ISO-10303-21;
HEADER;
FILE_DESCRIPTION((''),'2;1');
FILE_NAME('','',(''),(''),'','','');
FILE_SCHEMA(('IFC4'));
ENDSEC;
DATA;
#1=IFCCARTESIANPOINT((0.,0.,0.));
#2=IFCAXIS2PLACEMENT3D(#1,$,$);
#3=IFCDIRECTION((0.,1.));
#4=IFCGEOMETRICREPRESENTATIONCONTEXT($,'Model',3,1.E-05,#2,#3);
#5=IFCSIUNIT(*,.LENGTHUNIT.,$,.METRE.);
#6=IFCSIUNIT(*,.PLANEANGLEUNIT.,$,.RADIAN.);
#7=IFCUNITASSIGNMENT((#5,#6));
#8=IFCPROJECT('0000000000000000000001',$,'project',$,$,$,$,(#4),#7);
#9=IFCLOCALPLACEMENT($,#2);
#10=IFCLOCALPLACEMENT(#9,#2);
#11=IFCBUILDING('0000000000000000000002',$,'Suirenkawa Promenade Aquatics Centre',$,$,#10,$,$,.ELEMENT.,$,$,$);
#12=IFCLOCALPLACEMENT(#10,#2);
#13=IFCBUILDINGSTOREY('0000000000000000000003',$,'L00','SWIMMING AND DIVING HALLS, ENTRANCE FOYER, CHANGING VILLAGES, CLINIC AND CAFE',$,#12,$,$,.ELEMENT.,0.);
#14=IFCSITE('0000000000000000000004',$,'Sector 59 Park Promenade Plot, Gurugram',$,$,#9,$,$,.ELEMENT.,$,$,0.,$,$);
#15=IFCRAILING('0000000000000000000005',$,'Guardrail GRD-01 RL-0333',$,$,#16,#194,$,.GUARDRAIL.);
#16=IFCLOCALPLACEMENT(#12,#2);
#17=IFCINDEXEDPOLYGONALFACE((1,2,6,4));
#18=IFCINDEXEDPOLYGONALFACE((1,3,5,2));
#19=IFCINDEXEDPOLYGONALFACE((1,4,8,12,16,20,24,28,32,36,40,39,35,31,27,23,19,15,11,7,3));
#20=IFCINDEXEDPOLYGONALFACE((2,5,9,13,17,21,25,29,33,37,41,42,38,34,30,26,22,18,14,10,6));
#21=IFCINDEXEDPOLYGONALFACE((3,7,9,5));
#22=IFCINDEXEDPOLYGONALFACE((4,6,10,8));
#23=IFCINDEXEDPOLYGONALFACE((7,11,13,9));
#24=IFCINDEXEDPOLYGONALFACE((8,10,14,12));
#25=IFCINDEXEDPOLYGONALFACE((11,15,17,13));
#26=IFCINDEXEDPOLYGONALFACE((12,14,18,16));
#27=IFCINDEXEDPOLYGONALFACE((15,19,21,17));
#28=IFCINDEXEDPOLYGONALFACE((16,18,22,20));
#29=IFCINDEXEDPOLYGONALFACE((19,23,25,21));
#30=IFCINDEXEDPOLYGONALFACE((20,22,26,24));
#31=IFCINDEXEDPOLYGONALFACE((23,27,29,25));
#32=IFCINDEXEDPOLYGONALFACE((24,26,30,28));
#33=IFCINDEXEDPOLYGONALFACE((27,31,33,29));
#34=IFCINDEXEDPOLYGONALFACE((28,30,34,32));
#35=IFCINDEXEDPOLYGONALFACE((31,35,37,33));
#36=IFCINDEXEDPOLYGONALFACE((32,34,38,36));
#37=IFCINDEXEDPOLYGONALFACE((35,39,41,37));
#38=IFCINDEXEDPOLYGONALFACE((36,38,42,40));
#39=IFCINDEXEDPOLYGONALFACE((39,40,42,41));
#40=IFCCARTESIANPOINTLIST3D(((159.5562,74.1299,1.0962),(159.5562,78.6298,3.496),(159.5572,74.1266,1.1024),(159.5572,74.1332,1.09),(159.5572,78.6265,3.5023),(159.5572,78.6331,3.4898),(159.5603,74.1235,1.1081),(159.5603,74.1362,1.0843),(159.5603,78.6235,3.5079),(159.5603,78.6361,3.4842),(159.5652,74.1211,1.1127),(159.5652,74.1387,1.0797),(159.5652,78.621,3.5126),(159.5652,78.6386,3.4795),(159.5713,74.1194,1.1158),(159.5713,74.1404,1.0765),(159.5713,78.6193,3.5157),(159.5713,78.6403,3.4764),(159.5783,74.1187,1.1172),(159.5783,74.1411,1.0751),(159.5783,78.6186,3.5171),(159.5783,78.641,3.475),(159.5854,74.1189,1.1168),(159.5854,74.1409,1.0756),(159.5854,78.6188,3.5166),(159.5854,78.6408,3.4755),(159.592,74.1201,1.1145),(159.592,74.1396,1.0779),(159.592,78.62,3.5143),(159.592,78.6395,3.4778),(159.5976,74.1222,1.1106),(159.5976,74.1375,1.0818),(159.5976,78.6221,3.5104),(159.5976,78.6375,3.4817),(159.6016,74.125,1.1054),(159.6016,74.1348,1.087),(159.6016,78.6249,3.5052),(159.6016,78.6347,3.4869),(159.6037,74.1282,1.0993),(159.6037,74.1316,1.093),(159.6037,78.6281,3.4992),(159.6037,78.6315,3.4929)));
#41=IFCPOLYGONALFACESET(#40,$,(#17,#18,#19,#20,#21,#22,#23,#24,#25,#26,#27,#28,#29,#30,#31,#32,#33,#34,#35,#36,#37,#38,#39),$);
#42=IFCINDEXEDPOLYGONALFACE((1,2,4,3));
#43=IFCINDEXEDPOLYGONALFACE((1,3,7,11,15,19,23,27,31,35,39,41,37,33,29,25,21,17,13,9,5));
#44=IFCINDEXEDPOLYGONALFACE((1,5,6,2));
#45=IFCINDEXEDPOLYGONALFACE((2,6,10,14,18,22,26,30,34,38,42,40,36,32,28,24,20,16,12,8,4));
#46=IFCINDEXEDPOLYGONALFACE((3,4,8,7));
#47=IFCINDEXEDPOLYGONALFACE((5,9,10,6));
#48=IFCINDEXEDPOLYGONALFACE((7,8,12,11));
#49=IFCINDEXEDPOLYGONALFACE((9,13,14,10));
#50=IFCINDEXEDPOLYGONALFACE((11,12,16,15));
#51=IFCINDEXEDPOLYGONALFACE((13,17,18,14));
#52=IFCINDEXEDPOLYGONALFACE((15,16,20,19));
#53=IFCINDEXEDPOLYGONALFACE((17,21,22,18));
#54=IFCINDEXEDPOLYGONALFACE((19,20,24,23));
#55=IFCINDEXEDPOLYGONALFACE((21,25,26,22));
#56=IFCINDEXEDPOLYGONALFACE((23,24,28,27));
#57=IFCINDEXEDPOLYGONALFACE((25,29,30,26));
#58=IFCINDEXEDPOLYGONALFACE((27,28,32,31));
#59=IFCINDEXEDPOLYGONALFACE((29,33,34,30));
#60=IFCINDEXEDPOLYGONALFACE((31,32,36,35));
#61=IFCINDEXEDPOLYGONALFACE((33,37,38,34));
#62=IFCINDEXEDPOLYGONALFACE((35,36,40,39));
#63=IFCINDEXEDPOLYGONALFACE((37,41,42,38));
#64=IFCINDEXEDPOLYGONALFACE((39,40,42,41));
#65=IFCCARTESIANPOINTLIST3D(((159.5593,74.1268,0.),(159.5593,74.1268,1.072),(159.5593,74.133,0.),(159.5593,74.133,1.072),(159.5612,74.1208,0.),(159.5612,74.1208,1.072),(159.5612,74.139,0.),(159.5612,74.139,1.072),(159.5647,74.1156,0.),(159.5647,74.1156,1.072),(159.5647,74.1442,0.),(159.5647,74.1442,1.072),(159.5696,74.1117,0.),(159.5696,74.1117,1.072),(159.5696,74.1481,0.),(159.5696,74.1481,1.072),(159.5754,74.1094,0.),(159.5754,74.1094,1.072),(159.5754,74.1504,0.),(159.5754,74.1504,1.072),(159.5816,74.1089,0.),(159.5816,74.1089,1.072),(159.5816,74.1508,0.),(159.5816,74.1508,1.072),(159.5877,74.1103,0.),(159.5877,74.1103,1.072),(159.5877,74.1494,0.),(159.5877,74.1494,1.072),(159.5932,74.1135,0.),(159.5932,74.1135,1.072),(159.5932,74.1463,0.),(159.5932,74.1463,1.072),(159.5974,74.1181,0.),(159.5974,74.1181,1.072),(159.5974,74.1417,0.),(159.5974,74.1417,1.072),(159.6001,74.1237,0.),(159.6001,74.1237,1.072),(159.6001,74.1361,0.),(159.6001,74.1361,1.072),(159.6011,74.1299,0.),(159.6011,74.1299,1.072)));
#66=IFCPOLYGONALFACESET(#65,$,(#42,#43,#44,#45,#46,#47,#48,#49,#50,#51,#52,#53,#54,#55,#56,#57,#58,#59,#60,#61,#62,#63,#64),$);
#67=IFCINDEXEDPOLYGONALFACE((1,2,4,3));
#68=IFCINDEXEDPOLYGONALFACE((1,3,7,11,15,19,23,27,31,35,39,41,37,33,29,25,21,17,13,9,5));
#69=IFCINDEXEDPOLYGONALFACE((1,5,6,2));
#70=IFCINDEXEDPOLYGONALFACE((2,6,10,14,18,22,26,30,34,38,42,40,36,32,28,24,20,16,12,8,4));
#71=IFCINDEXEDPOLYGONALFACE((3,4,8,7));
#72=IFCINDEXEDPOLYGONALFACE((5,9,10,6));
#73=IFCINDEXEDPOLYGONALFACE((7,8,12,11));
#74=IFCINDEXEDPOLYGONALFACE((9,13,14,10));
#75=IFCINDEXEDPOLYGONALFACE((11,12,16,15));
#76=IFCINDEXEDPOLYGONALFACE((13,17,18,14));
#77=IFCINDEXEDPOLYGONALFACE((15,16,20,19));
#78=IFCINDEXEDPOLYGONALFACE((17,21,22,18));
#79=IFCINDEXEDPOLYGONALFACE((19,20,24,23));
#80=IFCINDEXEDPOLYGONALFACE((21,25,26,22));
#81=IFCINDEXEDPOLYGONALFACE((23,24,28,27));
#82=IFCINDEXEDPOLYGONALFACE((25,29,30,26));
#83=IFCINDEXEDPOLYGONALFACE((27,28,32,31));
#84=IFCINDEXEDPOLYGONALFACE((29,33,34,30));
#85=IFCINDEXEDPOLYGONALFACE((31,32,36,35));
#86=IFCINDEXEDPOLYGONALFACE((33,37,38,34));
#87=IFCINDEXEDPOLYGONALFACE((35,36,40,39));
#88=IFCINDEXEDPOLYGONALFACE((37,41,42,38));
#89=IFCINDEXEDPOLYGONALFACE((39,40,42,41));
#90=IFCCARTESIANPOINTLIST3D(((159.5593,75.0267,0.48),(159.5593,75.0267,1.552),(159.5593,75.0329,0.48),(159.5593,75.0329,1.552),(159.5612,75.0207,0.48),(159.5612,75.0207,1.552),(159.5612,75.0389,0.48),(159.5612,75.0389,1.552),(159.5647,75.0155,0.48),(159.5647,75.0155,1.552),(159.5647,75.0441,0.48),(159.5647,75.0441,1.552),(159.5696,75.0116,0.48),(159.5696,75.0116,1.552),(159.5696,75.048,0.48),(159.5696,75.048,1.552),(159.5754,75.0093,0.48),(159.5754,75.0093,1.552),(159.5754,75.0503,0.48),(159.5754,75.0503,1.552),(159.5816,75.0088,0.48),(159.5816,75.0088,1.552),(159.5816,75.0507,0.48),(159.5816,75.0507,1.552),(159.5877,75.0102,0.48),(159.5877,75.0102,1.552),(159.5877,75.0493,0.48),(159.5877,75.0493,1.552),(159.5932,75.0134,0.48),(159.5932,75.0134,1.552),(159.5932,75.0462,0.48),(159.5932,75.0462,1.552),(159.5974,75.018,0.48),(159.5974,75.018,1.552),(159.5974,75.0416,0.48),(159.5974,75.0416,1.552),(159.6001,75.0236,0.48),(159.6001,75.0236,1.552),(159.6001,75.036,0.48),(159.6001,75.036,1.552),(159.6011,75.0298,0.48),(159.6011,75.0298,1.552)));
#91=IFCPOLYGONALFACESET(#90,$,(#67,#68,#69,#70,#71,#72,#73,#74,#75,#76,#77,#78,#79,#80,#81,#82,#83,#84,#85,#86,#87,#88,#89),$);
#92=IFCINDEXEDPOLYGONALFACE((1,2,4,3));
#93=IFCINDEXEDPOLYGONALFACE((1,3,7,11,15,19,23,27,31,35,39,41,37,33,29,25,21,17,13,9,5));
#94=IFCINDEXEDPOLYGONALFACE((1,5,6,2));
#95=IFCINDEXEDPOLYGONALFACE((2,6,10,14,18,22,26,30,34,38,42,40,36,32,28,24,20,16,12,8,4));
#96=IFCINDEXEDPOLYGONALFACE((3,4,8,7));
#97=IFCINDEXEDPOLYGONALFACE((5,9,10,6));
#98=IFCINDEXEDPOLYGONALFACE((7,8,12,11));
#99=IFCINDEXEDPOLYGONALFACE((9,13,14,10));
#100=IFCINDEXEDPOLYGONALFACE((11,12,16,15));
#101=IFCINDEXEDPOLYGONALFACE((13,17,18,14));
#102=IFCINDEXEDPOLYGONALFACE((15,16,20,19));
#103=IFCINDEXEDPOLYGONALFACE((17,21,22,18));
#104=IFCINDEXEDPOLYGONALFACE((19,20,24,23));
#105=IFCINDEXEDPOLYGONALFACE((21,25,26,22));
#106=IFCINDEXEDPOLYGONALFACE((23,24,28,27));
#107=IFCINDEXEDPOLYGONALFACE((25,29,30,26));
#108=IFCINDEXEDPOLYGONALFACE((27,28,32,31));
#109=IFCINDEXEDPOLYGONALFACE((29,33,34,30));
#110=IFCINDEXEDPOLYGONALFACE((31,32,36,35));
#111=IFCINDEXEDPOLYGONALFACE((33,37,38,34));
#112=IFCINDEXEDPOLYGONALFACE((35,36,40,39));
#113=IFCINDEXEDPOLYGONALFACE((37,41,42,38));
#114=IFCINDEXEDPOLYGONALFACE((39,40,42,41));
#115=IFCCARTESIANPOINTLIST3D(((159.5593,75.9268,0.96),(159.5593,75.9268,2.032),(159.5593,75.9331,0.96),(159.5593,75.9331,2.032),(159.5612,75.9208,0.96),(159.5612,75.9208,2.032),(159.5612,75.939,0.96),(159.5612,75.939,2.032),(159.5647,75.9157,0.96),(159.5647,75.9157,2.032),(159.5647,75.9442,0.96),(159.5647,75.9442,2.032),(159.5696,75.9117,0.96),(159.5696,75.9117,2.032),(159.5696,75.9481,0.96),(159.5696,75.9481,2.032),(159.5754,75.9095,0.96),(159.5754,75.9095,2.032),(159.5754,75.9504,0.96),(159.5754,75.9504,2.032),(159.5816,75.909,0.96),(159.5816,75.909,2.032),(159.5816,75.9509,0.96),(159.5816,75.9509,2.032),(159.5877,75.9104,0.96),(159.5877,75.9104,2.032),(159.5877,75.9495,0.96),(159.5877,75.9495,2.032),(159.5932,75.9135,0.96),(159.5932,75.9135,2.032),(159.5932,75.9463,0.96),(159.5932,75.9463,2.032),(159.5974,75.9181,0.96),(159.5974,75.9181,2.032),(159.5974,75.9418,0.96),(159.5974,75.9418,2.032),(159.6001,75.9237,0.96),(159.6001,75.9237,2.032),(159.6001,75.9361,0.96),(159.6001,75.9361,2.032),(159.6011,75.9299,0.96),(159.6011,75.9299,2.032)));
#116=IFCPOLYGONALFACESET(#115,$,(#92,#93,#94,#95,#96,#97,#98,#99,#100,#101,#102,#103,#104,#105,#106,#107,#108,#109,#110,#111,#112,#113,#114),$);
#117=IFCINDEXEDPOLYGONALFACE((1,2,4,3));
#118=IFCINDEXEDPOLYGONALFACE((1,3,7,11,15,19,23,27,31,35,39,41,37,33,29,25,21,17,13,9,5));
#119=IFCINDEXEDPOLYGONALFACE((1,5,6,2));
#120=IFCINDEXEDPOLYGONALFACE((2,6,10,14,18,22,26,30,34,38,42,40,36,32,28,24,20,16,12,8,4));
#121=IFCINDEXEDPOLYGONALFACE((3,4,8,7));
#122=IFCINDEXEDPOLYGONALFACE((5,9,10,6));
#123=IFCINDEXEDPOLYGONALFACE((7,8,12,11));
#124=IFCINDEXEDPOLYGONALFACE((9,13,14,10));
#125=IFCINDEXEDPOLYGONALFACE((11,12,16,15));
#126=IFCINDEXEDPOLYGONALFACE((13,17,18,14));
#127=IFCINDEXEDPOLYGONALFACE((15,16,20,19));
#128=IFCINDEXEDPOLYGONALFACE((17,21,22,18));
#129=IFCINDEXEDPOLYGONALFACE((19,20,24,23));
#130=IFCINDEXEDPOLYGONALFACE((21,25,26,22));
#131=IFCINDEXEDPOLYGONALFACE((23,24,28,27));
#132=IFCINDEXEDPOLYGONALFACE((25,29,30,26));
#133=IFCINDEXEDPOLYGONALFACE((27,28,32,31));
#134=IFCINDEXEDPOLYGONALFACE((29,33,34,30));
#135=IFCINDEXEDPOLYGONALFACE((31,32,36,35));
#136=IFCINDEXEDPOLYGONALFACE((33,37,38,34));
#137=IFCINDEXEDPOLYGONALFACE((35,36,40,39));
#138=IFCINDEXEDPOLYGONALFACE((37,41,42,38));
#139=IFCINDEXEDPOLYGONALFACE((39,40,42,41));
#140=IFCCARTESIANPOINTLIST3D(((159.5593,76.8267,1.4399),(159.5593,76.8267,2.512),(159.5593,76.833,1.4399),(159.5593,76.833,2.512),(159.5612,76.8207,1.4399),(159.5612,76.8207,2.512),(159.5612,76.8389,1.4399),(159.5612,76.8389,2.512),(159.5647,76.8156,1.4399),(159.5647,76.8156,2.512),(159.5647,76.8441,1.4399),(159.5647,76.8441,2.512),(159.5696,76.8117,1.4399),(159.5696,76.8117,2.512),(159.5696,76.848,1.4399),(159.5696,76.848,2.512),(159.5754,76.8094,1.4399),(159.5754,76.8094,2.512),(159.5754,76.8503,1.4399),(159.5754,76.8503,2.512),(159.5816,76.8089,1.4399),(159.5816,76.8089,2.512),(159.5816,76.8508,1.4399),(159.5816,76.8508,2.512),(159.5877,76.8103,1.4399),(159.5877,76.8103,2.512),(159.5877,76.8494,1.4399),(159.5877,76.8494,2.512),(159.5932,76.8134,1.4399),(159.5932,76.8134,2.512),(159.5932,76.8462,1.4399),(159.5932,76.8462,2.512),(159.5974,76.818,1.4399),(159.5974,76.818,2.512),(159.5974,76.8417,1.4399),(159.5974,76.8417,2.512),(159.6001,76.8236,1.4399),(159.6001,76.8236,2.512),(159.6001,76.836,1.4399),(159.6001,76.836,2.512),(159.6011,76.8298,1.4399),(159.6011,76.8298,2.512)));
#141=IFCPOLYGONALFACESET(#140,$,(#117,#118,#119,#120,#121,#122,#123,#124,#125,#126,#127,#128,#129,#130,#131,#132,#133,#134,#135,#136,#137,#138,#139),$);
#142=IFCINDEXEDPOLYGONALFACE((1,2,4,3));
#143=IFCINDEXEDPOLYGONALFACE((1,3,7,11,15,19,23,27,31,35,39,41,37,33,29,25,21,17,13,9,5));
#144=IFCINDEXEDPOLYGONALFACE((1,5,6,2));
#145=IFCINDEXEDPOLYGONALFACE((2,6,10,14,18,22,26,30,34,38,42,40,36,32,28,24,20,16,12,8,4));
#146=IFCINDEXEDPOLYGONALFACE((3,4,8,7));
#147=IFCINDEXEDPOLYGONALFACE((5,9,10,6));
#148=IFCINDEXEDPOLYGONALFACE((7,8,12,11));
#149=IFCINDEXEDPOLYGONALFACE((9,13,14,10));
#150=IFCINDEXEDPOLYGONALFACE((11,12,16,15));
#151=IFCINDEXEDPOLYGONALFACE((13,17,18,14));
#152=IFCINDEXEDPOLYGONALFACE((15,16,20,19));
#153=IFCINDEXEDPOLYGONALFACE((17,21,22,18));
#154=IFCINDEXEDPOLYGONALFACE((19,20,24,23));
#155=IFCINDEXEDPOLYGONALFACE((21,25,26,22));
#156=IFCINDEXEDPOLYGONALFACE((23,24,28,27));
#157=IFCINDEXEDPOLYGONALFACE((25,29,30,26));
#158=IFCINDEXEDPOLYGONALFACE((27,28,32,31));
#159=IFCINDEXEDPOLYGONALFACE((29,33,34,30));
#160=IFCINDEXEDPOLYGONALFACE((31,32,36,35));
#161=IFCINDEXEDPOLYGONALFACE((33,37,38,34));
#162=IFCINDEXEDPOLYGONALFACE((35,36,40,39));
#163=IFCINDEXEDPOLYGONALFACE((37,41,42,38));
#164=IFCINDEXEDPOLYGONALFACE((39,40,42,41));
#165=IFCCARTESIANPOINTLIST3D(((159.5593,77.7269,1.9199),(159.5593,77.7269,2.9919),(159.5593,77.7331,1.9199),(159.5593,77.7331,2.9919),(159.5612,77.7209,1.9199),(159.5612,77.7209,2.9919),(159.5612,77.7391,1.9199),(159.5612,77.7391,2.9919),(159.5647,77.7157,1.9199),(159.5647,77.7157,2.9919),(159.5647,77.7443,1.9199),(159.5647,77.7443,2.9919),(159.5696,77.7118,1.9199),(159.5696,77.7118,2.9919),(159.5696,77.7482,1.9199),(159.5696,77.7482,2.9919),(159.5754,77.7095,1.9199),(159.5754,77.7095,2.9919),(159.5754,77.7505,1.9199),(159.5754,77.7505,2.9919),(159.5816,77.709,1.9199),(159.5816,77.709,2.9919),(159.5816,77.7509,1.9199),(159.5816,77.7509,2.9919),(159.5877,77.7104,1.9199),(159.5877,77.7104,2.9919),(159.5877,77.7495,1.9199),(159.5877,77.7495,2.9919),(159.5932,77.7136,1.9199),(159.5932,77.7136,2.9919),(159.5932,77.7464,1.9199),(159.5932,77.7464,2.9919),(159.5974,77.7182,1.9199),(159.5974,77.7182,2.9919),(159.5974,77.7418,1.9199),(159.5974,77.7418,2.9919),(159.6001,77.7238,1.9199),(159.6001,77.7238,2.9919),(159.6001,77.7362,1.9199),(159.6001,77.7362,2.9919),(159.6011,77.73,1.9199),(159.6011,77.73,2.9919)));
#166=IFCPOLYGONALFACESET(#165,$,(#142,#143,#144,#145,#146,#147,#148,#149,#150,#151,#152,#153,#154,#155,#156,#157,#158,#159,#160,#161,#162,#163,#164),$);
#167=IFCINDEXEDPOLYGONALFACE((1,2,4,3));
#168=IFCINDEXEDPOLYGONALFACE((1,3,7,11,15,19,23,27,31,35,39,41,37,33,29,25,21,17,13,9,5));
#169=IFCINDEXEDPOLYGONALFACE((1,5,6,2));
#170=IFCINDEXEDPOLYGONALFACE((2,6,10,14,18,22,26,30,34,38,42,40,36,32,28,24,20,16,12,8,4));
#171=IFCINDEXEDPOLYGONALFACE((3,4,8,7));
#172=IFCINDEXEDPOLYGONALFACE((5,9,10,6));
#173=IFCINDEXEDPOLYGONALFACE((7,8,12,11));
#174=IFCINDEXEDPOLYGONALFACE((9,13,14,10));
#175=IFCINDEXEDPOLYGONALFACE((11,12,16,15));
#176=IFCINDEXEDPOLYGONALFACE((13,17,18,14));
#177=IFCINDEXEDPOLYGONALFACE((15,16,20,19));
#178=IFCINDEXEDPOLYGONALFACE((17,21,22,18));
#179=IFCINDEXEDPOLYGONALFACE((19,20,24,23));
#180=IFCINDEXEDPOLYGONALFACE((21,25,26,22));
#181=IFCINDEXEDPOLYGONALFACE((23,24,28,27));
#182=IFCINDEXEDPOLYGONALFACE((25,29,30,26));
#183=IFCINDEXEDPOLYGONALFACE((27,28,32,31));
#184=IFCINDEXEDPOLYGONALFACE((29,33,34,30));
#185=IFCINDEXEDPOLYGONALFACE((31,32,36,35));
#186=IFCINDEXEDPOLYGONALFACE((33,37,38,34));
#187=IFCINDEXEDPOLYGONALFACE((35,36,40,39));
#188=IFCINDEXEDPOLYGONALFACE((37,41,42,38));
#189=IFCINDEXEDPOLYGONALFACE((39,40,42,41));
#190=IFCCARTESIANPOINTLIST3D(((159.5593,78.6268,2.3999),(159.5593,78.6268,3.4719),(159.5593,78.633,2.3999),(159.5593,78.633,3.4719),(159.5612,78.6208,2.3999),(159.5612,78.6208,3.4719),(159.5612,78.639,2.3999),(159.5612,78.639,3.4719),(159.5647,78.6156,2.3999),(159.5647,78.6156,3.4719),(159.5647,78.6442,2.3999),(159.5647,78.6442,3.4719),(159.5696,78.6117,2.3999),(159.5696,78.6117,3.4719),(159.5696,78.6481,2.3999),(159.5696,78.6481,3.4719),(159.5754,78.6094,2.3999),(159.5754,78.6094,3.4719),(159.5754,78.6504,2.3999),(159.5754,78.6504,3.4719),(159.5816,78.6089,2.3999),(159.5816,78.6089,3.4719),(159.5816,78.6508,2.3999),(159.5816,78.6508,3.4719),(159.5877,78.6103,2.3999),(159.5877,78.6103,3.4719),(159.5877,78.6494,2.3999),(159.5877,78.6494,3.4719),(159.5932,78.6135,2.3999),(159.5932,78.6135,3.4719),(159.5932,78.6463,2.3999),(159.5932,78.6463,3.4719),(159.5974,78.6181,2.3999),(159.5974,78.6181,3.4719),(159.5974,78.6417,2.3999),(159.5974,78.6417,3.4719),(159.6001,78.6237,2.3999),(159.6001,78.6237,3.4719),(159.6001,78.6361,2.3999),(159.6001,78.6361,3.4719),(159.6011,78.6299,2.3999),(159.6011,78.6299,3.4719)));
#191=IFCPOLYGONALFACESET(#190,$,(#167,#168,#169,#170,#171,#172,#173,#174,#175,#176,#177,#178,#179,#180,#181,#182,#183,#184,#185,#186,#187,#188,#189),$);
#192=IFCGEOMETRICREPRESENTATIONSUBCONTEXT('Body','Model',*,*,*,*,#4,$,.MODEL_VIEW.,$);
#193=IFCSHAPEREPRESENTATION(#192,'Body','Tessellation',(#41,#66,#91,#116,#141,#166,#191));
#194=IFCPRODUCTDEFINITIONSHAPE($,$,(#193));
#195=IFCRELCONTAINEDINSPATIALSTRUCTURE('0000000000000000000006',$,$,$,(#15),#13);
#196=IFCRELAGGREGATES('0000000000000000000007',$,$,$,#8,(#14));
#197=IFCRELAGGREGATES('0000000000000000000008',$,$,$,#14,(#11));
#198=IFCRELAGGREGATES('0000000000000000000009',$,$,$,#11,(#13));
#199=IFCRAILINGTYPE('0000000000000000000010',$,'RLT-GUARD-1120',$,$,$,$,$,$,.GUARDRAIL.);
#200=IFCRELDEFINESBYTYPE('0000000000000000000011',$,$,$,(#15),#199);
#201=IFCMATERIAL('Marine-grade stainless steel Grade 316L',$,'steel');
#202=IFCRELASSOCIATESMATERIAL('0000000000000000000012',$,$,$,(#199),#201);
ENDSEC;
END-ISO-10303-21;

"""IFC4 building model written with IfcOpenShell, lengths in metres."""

from ifc_helpers import new_model, si_unit, direction, frame, origin, origin_2d, place, context, subcontext, project, spatial, circle, extrude, material, type_object, element, save


model = new_model("IFC4")

# Units and contexts
model_context = context("Model", 3, precision=1e-05, world=origin(), true_north=direction((0.0, 1.0)))
body_context = subcontext(model_context, "Body", "Model", "MODEL_VIEW")
ifc_project = project(units=[si_unit("LENGTHUNIT", "METRE"), si_unit("PLANEANGLEUNIT", "RADIAN")], contexts=[model_context])

# Site, building, storey
site_placement = place(None, origin())
site = spatial("IfcSite", under=ifc_project, at=site_placement, Name="Sector 59 Park Promenade Plot, Gurugram", CompositionType="ELEMENT", RefElevation=0.0)
building_placement = place(site_placement, origin())
building = spatial("IfcBuilding", under=site, at=building_placement, Name="Suirenkawa Promenade Aquatics Centre", CompositionType="ELEMENT")
storey_placement = place(building_placement, origin())
storey = spatial("IfcBuildingStorey", under=building, at=storey_placement, Name="L00", Description="SWIMMING AND DIVING HALLS, ENTRANCE FOYER, CHANGING VILLAGES, CLINIC AND CAFE", CompositionType="ELEMENT", Elevation=0.0)

# Railing
ifc_material_1 = material(Name="Marine-grade stainless steel Grade 316L", Category="steel")
railing_type_1 = type_object("IfcRailingType", Name="RLT-GUARD-1120", PredefinedType="GUARDRAIL", material=ifc_material_1)
for number, where, name in (
    (1, (159.5801, 74.1299, 0.0), "Guardrail GRD-01 RL-0333"),
):
    element("IfcRailing", number, at=place(storey_placement, frame(where)), inside=storey, type_object=railing_type_1, Name=name, PredefinedType="GUARDRAIL", context=body_context, shape_type="SweptSolid", body=[
        extrude(circle(Radius=0.0239, at=origin_2d()), frame((0.0, 0.0, 1.0962), z_axis=(0.0, 0.882361, 0.470573), x_axis=(-1.0, 0.0, 0.0)), (0.0, 0.0, 1.0), 5.0999),
        extrude(circle(Radius=0.021, at=origin_2d()), origin(), (0.0, 0.0, 1.0), 1.072),
        extrude(circle(Radius=0.021, at=origin_2d()), frame((0.0, 0.8999, 0.48)), (0.0, 0.0, 1.0), 1.072),
        extrude(circle(Radius=0.021, at=origin_2d()), frame((0.0, 1.8, 0.96)), (0.0, 0.0, 1.0), 1.072),
        extrude(circle(Radius=0.021, at=origin_2d()), frame((0.0, 2.7, 1.4399)), (0.0, 0.0, 1.0), 1.072),
        extrude(circle(Radius=0.021, at=origin_2d()), frame((0.0, 3.6001, 1.9199)), (0.0, 0.0, 1.0), 1.072),
        extrude(circle(Radius=0.021, at=origin_2d()), frame((0.0, 4.5, 2.3999)), (0.0, 0.0, 1.0), 1.072),
    ])

save(model, "model.ifc")
